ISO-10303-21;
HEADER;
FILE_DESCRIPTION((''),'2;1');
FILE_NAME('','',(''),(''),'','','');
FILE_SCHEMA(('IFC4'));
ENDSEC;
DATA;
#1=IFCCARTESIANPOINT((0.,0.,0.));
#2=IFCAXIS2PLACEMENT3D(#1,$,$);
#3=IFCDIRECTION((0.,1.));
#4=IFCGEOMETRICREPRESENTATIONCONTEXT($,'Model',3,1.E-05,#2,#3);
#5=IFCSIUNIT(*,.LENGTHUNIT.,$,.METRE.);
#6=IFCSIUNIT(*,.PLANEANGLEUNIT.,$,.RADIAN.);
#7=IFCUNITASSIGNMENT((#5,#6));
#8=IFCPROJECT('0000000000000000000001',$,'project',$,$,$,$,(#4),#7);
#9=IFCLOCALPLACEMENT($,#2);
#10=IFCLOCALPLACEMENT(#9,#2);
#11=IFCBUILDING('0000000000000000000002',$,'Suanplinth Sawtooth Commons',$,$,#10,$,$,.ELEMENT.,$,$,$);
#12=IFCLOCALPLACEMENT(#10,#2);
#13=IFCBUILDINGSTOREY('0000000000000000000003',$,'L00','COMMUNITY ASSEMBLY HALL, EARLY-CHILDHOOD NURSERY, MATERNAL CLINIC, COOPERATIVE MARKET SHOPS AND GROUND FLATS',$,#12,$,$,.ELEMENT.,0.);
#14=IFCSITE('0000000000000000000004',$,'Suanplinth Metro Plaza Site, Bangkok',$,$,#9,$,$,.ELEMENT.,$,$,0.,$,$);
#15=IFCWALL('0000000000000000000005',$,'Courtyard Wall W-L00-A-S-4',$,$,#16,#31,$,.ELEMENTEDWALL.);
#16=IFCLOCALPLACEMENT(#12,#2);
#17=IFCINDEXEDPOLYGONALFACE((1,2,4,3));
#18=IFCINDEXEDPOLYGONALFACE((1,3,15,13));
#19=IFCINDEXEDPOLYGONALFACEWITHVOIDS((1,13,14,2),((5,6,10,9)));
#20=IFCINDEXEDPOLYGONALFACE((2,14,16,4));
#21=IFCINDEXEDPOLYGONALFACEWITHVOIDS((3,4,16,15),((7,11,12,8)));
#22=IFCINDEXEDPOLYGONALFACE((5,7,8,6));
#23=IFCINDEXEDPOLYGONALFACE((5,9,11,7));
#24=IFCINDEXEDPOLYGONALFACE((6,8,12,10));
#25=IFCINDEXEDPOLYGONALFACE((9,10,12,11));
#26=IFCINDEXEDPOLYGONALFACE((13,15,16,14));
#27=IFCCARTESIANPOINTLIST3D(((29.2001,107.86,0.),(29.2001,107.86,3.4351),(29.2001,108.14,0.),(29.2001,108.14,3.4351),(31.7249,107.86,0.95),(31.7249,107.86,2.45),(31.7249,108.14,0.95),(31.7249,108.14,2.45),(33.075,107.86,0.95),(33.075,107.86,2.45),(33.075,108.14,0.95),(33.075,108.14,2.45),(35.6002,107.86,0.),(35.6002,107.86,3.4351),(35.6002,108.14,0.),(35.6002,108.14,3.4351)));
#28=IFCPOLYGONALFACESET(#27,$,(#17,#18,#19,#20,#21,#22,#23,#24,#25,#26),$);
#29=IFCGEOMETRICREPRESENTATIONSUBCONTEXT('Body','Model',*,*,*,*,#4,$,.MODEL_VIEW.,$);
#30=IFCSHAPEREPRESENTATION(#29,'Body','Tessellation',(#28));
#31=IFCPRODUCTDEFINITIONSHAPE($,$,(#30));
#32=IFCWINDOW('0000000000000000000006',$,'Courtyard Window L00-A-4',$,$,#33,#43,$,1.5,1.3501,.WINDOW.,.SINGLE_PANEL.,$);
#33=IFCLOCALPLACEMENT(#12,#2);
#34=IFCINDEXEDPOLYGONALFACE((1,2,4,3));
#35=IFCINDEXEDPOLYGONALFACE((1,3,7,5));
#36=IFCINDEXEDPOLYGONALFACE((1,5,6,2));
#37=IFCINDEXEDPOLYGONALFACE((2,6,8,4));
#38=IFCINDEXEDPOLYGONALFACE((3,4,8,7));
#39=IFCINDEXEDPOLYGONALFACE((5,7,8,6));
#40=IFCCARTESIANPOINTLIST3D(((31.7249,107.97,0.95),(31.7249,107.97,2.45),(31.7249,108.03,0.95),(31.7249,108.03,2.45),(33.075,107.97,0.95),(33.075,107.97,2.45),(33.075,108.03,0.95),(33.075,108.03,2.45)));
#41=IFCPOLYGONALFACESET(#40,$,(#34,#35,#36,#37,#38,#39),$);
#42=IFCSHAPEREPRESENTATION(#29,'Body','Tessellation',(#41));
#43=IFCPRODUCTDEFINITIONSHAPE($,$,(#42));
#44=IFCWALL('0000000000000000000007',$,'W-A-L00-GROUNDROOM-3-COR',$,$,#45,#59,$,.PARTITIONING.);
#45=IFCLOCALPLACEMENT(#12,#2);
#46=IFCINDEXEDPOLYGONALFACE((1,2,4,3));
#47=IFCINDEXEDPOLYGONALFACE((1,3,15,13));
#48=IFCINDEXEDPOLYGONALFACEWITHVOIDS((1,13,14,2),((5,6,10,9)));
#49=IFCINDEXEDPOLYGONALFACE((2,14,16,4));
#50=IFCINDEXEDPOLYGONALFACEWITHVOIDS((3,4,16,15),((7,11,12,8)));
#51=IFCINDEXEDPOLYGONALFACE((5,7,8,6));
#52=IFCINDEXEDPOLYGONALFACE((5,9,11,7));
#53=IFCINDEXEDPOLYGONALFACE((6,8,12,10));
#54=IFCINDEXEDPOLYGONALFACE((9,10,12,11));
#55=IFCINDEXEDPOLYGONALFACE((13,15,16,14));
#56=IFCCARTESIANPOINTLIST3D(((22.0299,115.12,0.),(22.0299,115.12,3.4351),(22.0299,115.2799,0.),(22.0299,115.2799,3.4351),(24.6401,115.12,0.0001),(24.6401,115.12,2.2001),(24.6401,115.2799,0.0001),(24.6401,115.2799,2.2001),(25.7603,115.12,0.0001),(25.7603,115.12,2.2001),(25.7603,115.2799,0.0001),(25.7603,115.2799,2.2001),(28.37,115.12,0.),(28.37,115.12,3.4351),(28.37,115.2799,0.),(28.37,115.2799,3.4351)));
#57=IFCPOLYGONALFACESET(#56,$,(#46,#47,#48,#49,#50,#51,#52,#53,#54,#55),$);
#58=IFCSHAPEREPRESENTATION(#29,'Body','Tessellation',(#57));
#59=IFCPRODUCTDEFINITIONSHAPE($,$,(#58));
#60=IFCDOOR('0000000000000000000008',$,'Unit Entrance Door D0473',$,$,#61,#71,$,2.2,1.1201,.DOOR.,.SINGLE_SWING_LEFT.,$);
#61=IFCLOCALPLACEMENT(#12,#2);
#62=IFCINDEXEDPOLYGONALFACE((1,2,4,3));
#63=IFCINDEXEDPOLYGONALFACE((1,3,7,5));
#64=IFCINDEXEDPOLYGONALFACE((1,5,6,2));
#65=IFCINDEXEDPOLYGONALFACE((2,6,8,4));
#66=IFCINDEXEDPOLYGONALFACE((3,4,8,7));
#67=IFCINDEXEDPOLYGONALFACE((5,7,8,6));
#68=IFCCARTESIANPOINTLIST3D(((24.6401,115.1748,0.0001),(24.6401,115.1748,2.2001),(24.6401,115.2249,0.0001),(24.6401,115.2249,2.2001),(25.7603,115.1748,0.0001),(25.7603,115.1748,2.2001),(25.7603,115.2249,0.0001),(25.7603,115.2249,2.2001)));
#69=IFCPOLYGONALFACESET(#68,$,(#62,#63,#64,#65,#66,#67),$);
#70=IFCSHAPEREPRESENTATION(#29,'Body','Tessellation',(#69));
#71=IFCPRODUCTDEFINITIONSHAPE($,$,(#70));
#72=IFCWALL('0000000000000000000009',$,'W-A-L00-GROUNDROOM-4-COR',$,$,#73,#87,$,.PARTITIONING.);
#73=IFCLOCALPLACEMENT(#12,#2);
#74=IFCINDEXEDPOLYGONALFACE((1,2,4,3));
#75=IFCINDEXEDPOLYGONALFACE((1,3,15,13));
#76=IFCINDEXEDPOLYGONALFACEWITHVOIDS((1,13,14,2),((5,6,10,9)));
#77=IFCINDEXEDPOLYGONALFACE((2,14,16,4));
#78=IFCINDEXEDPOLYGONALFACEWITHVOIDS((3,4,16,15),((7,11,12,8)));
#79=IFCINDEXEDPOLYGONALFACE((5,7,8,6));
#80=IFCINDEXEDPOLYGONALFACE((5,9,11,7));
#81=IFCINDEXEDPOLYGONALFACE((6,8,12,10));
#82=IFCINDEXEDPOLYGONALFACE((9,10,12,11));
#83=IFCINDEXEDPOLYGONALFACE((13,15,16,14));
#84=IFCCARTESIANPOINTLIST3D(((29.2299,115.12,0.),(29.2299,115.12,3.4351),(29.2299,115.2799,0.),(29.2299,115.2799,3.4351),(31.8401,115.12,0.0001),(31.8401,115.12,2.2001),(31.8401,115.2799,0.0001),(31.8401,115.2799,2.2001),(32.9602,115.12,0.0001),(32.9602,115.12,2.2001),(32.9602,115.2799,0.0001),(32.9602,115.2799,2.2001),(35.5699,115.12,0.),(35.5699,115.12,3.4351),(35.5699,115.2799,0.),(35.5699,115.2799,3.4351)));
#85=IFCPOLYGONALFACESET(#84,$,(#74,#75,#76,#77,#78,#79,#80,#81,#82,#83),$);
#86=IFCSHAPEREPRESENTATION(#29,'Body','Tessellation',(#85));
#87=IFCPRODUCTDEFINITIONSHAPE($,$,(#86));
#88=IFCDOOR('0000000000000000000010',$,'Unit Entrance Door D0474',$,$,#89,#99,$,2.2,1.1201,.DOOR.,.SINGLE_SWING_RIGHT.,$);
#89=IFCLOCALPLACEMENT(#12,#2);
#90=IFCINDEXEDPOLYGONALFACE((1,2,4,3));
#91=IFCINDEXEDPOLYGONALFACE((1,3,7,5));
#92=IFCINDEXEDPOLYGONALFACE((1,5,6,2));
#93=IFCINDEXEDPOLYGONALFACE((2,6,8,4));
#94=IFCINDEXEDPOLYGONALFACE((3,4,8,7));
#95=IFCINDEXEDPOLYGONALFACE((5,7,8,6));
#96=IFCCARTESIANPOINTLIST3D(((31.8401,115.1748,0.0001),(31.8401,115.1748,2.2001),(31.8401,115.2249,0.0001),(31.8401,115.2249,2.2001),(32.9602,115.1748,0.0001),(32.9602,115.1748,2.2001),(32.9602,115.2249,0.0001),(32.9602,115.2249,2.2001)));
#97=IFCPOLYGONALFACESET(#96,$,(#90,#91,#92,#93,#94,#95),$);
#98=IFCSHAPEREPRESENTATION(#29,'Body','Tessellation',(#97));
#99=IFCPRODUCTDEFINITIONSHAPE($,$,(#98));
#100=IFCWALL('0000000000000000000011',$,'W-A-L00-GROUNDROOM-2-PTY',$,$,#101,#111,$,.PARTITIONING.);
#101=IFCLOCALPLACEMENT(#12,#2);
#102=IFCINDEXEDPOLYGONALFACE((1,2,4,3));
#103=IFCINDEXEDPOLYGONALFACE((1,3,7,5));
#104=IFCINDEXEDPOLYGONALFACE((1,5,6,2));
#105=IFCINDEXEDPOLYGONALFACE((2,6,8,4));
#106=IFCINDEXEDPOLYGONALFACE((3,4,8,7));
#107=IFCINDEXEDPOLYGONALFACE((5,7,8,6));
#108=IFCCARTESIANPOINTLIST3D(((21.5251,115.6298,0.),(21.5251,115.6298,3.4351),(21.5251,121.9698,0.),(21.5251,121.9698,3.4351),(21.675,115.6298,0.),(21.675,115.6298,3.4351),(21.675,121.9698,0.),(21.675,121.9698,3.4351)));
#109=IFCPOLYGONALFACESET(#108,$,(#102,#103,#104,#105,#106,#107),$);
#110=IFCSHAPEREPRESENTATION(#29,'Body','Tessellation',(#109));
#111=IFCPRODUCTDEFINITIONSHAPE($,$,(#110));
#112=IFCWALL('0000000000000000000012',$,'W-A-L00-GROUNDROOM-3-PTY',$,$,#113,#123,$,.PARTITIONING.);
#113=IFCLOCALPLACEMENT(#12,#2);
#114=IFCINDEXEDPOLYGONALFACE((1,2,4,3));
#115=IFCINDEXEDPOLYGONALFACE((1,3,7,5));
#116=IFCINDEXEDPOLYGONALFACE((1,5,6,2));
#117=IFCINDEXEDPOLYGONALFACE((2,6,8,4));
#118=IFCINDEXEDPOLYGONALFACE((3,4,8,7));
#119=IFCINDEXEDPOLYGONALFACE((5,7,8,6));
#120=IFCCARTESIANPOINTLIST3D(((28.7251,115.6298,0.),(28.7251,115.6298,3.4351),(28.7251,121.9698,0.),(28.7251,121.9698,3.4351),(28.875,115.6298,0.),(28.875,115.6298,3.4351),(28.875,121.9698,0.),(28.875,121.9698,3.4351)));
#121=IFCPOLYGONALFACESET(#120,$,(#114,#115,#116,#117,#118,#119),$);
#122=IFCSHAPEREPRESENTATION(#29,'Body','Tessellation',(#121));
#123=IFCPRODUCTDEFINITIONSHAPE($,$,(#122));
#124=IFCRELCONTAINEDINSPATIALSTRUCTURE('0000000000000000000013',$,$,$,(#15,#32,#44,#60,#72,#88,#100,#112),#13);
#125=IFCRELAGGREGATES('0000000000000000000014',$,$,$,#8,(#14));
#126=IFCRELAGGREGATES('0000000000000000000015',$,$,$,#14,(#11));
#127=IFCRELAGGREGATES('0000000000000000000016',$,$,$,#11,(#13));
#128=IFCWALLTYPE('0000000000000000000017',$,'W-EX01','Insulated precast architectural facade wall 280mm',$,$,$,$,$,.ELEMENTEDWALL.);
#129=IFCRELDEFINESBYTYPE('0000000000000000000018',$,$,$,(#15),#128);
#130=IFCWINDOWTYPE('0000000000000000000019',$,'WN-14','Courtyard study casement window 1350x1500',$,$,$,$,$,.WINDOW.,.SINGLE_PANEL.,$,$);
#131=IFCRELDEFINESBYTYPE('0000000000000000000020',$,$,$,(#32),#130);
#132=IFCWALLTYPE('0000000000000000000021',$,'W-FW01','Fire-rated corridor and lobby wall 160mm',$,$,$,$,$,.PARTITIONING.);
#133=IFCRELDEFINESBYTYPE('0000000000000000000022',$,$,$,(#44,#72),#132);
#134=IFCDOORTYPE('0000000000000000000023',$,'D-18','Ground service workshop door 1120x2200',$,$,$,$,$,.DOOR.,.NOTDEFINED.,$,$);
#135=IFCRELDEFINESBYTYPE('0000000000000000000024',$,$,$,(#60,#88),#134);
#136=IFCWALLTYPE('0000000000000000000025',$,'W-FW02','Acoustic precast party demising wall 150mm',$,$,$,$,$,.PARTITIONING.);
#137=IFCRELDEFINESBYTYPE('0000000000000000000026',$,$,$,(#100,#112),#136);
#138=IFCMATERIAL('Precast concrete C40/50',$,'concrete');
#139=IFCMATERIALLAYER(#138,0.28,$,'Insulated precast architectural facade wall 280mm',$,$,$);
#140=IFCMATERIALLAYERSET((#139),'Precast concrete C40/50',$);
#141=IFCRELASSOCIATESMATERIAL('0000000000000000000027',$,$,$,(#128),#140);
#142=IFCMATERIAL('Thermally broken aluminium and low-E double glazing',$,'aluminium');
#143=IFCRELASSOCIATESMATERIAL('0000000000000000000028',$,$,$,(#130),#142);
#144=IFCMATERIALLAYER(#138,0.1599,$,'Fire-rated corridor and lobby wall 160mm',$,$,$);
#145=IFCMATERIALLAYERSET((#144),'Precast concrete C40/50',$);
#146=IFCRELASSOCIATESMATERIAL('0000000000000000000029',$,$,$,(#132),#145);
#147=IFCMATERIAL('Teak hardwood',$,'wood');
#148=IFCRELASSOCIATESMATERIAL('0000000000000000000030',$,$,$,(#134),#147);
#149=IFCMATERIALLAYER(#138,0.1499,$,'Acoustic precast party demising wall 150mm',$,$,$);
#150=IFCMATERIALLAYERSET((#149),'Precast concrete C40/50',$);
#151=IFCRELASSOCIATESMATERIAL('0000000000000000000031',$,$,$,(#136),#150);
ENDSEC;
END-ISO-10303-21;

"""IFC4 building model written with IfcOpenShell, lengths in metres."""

from ifc_helpers import new_model, si_unit, direction, frame, frame_2d, origin, place, context, subcontext, project, spatial, rectangle, extrude, material, layer, layer_set, type_object, element, fill, save


model = new_model("IFC4")

# Units and contexts
model_context = context("Model", 3, precision=1e-05, world=origin(), true_north=direction((0.0, 1.0)))
body_context = subcontext(model_context, "Body", "Model", "MODEL_VIEW")
ifc_project = project(units=[si_unit("LENGTHUNIT", "METRE"), si_unit("PLANEANGLEUNIT", "RADIAN")], contexts=[model_context])

# Site, building, storey
site_placement = place(None, origin())
site = spatial("IfcSite", under=ifc_project, at=site_placement, Name="Suanplinth Metro Plaza Site, Bangkok", CompositionType="ELEMENT", RefElevation=0.0)
building_placement = place(site_placement, origin())
building = spatial("IfcBuilding", under=site, at=building_placement, Name="Suanplinth Sawtooth Commons", CompositionType="ELEMENT")
storey_placement = place(building_placement, origin())
storey = spatial("IfcBuildingStorey", under=building, at=storey_placement, Name="L00", Description="COMMUNITY ASSEMBLY HALL, EARLY-CHILDHOOD NURSERY, MATERNAL CLINIC, COOPERATIVE MARKET SHOPS AND GROUND FLATS", CompositionType="ELEMENT", Elevation=0.0)

# Wall, opening, window
ifc_material_1 = material(Name="Precast concrete C40/50", Category="concrete")
ifc_layer_1 = layer(ifc_material_1, 0.28, Name="Insulated precast architectural facade wall 280mm")
ifc_layer_set_1 = layer_set([ifc_layer_1], Name="Precast concrete C40/50")
wall_type_1 = type_object("IfcWallType", Name="W-EX01", Description="Insulated precast architectural facade wall 280mm", PredefinedType="ELEMENTEDWALL", material=ifc_layer_set_1)
ifc_material_2 = material(Name="Thermally broken aluminium and low-E double glazing", Category="aluminium")
window_type = type_object("IfcWindowType", Name="WN-14", Description="Courtyard study casement window 1350x1500", PartitioningType="SINGLE_PANEL", PredefinedType="WINDOW", material=ifc_material_2)
wall_1_placement = place(storey_placement, frame((29.2, 108.0, 0.0), z_axis=(0.0, 0.0, 1.0), x_axis=(1.0, 0.0, 0.0)))
wall_1 = element("IfcWall", 1, at=wall_1_placement, inside=storey, type_object=wall_type_1, Name="Courtyard Wall W-L00-A-S-4", PredefinedType="ELEMENTEDWALL", context=body_context, shape_type="SweptSolid", body=[
    extrude(rectangle(XDim=6.4001, YDim=0.28, at=frame_2d((3.2002, 0.0))), origin(), (0.0, 0.0, 1.0), 3.4351),
])
opening_1_placement = place(wall_1_placement, frame((2.5249, 0.0, 0.95)))
opening_1 = element("IfcOpeningElement", 2, at=opening_1_placement, cuts=wall_1, PredefinedType="OPENING", context=body_context, shape_type="SweptSolid", body=[
    extrude(rectangle(XDim=1.3501, YDim=1.5, at=frame_2d((0.675, 0.75))), frame((0.0, 0.1548, 0.0), z_axis=(0.0, -1.0, 0.0), x_axis=(1.0, 0.0, 0.0)), (0.0, 0.0, 1.0), 0.3098),
])
window_1_placement = place(opening_1_placement, origin())
window_1 = element("IfcWindow", 3, at=window_1_placement, inside=storey, type_object=window_type, Name="Courtyard Window L00-A-4", OverallHeight=1.5, OverallWidth=1.3501, PartitioningType="SINGLE_PANEL", PredefinedType="WINDOW", context=body_context, shape_type="SweptSolid", body=[
    extrude(rectangle(XDim=1.3501, YDim=1.5, at=frame_2d((0.675, 0.75))), frame((0.0, 0.03, 0.0), z_axis=(0.0, -1.0, 0.0), x_axis=(1.0, 0.0, 0.0)), (0.0, 0.0, 1.0), 0.0601),
])
fill(opening_1, window_1)

# Walls, openings, doors
ifc_layer_2 = layer(ifc_material_1, 0.1599, Name="Fire-rated corridor and lobby wall 160mm")
ifc_layer_set_2 = layer_set([ifc_layer_2], Name="Precast concrete C40/50")
wall_type_2 = type_object("IfcWallType", Name="W-FW01", Description="Fire-rated corridor and lobby wall 160mm", PredefinedType="PARTITIONING", material=ifc_layer_set_2)
wall_2_placement = place(storey_placement, frame((22.03, 115.2, 0.0), z_axis=(0.0, 0.0, 1.0), x_axis=(1.0, 0.0, 0.0)))
wall_2 = element("IfcWall", 4, at=wall_2_placement, inside=storey, type_object=wall_type_2, Name="W-A-L00-GROUNDROOM-3-COR", PredefinedType="PARTITIONING", context=body_context, shape_type="SweptSolid", body=[
    extrude(rectangle(XDim=6.3401, YDim=0.1599, at=frame_2d((3.1699, 0.0))), origin(), (0.0, 0.0, 1.0), 3.4351),
])
opening_2_placement = place(wall_2_placement, frame((2.6101, 0.0, 0.0)))
opening_2 = element("IfcOpeningElement", 5, at=opening_2_placement, cuts=wall_2, PredefinedType="OPENING", context=body_context, shape_type="SweptSolid", body=[
    extrude(rectangle(XDim=1.1201, YDim=2.2, at=frame_2d((0.5601, 1.1001))), frame((0.0, 0.0947, 0.0), z_axis=(0.0, -1.0, 0.0), x_axis=(1.0, 0.0, 0.0)), (0.0, 0.0, 1.0), 0.1897),
])
ifc_material_3 = material(Name="Teak hardwood", Category="wood")
door_type = type_object("IfcDoorType", Name="D-18", Description="Ground service workshop door 1120x2200", OperationType="NOTDEFINED", PredefinedType="DOOR", material=ifc_material_3)
door_1_placement = place(opening_2_placement, origin())
door_1 = element("IfcDoor", 6, at=door_1_placement, inside=storey, type_object=door_type, Name="Unit Entrance Door D0473", OperationType="SINGLE_SWING_LEFT", OverallHeight=2.2, OverallWidth=1.1201, PredefinedType="DOOR", context=body_context, shape_type="SweptSolid", body=[
    extrude(rectangle(XDim=1.1201, YDim=2.2, at=frame_2d((0.5601, 1.1001))), frame((0.0, 0.0249, 0.0), z_axis=(0.0, -1.0, 0.0), x_axis=(1.0, 0.0, 0.0)), (0.0, 0.0, 1.0), 0.05),
])
fill(opening_2, door_1)
wall_3_placement = place(storey_placement, frame((29.23, 115.2, 0.0), z_axis=(0.0, 0.0, 1.0), x_axis=(1.0, 0.0, 0.0)))
wall_3 = element("IfcWall", 7, at=wall_3_placement, inside=storey, type_object=wall_type_2, Name="W-A-L00-GROUNDROOM-4-COR", PredefinedType="PARTITIONING", context=body_context, shape_type="SweptSolid", body=[
    extrude(rectangle(XDim=6.3401, YDim=0.1599, at=frame_2d((3.1699, 0.0))), origin(), (0.0, 0.0, 1.0), 3.4351),
])
opening_3_placement = place(wall_3_placement, frame((2.6101, 0.0, 0.0)))
opening_3 = element("IfcOpeningElement", 8, at=opening_3_placement, cuts=wall_3, PredefinedType="OPENING", context=body_context, shape_type="SweptSolid", body=[
    extrude(rectangle(XDim=1.1201, YDim=2.2, at=frame_2d((0.5601, 1.1001))), frame((0.0, 0.0947, 0.0), z_axis=(0.0, -1.0, 0.0), x_axis=(1.0, 0.0, 0.0)), (0.0, 0.0, 1.0), 0.1897),
])
door_2_placement = place(opening_3_placement, origin())
door_2 = element("IfcDoor", 9, at=door_2_placement, inside=storey, type_object=door_type, Name="Unit Entrance Door D0474", OperationType="SINGLE_SWING_RIGHT", OverallHeight=2.2, OverallWidth=1.1201, PredefinedType="DOOR", context=body_context, shape_type="SweptSolid", body=[
    extrude(rectangle(XDim=1.1201, YDim=2.2, at=frame_2d((0.5601, 1.1001))), frame((0.0, 0.0249, 0.0), z_axis=(0.0, -1.0, 0.0), x_axis=(1.0, 0.0, 0.0)), (0.0, 0.0, 1.0), 0.05),
])
fill(opening_3, door_2)

# Walls
ifc_layer_3 = layer(ifc_material_1, 0.1499, Name="Acoustic precast party demising wall 150mm")
ifc_layer_set_3 = layer_set([ifc_layer_3], Name="Precast concrete C40/50")
wall_type_3 = type_object("IfcWallType", Name="W-FW02", Description="Acoustic precast party demising wall 150mm", PredefinedType="PARTITIONING", material=ifc_layer_set_3)
for number, where, z_axis, x_axis, name in (
    (10, (21.6001, 115.6299, 0.0), (0.0, 0.0, 1.0), (0.0, 1.0, 0.0), "W-A-L00-GROUNDROOM-2-PTY"),
    (11, (28.8, 115.6299, 0.0), (0.0, 0.0, 1.0), (0.0, 1.0, 0.0), "W-A-L00-GROUNDROOM-3-PTY"),
):
    element("IfcWall", number, at=place(storey_placement, frame(where, z_axis=z_axis, x_axis=x_axis)), inside=storey, type_object=wall_type_3, Name=name, PredefinedType="PARTITIONING", context=body_context, shape_type="SweptSolid", body=[
        extrude(rectangle(XDim=6.3401, YDim=0.1499, at=frame_2d((3.1699, 0.0))), origin(), (0.0, 0.0, 1.0), 3.4351),
    ])

save(model, "model.ifc")
